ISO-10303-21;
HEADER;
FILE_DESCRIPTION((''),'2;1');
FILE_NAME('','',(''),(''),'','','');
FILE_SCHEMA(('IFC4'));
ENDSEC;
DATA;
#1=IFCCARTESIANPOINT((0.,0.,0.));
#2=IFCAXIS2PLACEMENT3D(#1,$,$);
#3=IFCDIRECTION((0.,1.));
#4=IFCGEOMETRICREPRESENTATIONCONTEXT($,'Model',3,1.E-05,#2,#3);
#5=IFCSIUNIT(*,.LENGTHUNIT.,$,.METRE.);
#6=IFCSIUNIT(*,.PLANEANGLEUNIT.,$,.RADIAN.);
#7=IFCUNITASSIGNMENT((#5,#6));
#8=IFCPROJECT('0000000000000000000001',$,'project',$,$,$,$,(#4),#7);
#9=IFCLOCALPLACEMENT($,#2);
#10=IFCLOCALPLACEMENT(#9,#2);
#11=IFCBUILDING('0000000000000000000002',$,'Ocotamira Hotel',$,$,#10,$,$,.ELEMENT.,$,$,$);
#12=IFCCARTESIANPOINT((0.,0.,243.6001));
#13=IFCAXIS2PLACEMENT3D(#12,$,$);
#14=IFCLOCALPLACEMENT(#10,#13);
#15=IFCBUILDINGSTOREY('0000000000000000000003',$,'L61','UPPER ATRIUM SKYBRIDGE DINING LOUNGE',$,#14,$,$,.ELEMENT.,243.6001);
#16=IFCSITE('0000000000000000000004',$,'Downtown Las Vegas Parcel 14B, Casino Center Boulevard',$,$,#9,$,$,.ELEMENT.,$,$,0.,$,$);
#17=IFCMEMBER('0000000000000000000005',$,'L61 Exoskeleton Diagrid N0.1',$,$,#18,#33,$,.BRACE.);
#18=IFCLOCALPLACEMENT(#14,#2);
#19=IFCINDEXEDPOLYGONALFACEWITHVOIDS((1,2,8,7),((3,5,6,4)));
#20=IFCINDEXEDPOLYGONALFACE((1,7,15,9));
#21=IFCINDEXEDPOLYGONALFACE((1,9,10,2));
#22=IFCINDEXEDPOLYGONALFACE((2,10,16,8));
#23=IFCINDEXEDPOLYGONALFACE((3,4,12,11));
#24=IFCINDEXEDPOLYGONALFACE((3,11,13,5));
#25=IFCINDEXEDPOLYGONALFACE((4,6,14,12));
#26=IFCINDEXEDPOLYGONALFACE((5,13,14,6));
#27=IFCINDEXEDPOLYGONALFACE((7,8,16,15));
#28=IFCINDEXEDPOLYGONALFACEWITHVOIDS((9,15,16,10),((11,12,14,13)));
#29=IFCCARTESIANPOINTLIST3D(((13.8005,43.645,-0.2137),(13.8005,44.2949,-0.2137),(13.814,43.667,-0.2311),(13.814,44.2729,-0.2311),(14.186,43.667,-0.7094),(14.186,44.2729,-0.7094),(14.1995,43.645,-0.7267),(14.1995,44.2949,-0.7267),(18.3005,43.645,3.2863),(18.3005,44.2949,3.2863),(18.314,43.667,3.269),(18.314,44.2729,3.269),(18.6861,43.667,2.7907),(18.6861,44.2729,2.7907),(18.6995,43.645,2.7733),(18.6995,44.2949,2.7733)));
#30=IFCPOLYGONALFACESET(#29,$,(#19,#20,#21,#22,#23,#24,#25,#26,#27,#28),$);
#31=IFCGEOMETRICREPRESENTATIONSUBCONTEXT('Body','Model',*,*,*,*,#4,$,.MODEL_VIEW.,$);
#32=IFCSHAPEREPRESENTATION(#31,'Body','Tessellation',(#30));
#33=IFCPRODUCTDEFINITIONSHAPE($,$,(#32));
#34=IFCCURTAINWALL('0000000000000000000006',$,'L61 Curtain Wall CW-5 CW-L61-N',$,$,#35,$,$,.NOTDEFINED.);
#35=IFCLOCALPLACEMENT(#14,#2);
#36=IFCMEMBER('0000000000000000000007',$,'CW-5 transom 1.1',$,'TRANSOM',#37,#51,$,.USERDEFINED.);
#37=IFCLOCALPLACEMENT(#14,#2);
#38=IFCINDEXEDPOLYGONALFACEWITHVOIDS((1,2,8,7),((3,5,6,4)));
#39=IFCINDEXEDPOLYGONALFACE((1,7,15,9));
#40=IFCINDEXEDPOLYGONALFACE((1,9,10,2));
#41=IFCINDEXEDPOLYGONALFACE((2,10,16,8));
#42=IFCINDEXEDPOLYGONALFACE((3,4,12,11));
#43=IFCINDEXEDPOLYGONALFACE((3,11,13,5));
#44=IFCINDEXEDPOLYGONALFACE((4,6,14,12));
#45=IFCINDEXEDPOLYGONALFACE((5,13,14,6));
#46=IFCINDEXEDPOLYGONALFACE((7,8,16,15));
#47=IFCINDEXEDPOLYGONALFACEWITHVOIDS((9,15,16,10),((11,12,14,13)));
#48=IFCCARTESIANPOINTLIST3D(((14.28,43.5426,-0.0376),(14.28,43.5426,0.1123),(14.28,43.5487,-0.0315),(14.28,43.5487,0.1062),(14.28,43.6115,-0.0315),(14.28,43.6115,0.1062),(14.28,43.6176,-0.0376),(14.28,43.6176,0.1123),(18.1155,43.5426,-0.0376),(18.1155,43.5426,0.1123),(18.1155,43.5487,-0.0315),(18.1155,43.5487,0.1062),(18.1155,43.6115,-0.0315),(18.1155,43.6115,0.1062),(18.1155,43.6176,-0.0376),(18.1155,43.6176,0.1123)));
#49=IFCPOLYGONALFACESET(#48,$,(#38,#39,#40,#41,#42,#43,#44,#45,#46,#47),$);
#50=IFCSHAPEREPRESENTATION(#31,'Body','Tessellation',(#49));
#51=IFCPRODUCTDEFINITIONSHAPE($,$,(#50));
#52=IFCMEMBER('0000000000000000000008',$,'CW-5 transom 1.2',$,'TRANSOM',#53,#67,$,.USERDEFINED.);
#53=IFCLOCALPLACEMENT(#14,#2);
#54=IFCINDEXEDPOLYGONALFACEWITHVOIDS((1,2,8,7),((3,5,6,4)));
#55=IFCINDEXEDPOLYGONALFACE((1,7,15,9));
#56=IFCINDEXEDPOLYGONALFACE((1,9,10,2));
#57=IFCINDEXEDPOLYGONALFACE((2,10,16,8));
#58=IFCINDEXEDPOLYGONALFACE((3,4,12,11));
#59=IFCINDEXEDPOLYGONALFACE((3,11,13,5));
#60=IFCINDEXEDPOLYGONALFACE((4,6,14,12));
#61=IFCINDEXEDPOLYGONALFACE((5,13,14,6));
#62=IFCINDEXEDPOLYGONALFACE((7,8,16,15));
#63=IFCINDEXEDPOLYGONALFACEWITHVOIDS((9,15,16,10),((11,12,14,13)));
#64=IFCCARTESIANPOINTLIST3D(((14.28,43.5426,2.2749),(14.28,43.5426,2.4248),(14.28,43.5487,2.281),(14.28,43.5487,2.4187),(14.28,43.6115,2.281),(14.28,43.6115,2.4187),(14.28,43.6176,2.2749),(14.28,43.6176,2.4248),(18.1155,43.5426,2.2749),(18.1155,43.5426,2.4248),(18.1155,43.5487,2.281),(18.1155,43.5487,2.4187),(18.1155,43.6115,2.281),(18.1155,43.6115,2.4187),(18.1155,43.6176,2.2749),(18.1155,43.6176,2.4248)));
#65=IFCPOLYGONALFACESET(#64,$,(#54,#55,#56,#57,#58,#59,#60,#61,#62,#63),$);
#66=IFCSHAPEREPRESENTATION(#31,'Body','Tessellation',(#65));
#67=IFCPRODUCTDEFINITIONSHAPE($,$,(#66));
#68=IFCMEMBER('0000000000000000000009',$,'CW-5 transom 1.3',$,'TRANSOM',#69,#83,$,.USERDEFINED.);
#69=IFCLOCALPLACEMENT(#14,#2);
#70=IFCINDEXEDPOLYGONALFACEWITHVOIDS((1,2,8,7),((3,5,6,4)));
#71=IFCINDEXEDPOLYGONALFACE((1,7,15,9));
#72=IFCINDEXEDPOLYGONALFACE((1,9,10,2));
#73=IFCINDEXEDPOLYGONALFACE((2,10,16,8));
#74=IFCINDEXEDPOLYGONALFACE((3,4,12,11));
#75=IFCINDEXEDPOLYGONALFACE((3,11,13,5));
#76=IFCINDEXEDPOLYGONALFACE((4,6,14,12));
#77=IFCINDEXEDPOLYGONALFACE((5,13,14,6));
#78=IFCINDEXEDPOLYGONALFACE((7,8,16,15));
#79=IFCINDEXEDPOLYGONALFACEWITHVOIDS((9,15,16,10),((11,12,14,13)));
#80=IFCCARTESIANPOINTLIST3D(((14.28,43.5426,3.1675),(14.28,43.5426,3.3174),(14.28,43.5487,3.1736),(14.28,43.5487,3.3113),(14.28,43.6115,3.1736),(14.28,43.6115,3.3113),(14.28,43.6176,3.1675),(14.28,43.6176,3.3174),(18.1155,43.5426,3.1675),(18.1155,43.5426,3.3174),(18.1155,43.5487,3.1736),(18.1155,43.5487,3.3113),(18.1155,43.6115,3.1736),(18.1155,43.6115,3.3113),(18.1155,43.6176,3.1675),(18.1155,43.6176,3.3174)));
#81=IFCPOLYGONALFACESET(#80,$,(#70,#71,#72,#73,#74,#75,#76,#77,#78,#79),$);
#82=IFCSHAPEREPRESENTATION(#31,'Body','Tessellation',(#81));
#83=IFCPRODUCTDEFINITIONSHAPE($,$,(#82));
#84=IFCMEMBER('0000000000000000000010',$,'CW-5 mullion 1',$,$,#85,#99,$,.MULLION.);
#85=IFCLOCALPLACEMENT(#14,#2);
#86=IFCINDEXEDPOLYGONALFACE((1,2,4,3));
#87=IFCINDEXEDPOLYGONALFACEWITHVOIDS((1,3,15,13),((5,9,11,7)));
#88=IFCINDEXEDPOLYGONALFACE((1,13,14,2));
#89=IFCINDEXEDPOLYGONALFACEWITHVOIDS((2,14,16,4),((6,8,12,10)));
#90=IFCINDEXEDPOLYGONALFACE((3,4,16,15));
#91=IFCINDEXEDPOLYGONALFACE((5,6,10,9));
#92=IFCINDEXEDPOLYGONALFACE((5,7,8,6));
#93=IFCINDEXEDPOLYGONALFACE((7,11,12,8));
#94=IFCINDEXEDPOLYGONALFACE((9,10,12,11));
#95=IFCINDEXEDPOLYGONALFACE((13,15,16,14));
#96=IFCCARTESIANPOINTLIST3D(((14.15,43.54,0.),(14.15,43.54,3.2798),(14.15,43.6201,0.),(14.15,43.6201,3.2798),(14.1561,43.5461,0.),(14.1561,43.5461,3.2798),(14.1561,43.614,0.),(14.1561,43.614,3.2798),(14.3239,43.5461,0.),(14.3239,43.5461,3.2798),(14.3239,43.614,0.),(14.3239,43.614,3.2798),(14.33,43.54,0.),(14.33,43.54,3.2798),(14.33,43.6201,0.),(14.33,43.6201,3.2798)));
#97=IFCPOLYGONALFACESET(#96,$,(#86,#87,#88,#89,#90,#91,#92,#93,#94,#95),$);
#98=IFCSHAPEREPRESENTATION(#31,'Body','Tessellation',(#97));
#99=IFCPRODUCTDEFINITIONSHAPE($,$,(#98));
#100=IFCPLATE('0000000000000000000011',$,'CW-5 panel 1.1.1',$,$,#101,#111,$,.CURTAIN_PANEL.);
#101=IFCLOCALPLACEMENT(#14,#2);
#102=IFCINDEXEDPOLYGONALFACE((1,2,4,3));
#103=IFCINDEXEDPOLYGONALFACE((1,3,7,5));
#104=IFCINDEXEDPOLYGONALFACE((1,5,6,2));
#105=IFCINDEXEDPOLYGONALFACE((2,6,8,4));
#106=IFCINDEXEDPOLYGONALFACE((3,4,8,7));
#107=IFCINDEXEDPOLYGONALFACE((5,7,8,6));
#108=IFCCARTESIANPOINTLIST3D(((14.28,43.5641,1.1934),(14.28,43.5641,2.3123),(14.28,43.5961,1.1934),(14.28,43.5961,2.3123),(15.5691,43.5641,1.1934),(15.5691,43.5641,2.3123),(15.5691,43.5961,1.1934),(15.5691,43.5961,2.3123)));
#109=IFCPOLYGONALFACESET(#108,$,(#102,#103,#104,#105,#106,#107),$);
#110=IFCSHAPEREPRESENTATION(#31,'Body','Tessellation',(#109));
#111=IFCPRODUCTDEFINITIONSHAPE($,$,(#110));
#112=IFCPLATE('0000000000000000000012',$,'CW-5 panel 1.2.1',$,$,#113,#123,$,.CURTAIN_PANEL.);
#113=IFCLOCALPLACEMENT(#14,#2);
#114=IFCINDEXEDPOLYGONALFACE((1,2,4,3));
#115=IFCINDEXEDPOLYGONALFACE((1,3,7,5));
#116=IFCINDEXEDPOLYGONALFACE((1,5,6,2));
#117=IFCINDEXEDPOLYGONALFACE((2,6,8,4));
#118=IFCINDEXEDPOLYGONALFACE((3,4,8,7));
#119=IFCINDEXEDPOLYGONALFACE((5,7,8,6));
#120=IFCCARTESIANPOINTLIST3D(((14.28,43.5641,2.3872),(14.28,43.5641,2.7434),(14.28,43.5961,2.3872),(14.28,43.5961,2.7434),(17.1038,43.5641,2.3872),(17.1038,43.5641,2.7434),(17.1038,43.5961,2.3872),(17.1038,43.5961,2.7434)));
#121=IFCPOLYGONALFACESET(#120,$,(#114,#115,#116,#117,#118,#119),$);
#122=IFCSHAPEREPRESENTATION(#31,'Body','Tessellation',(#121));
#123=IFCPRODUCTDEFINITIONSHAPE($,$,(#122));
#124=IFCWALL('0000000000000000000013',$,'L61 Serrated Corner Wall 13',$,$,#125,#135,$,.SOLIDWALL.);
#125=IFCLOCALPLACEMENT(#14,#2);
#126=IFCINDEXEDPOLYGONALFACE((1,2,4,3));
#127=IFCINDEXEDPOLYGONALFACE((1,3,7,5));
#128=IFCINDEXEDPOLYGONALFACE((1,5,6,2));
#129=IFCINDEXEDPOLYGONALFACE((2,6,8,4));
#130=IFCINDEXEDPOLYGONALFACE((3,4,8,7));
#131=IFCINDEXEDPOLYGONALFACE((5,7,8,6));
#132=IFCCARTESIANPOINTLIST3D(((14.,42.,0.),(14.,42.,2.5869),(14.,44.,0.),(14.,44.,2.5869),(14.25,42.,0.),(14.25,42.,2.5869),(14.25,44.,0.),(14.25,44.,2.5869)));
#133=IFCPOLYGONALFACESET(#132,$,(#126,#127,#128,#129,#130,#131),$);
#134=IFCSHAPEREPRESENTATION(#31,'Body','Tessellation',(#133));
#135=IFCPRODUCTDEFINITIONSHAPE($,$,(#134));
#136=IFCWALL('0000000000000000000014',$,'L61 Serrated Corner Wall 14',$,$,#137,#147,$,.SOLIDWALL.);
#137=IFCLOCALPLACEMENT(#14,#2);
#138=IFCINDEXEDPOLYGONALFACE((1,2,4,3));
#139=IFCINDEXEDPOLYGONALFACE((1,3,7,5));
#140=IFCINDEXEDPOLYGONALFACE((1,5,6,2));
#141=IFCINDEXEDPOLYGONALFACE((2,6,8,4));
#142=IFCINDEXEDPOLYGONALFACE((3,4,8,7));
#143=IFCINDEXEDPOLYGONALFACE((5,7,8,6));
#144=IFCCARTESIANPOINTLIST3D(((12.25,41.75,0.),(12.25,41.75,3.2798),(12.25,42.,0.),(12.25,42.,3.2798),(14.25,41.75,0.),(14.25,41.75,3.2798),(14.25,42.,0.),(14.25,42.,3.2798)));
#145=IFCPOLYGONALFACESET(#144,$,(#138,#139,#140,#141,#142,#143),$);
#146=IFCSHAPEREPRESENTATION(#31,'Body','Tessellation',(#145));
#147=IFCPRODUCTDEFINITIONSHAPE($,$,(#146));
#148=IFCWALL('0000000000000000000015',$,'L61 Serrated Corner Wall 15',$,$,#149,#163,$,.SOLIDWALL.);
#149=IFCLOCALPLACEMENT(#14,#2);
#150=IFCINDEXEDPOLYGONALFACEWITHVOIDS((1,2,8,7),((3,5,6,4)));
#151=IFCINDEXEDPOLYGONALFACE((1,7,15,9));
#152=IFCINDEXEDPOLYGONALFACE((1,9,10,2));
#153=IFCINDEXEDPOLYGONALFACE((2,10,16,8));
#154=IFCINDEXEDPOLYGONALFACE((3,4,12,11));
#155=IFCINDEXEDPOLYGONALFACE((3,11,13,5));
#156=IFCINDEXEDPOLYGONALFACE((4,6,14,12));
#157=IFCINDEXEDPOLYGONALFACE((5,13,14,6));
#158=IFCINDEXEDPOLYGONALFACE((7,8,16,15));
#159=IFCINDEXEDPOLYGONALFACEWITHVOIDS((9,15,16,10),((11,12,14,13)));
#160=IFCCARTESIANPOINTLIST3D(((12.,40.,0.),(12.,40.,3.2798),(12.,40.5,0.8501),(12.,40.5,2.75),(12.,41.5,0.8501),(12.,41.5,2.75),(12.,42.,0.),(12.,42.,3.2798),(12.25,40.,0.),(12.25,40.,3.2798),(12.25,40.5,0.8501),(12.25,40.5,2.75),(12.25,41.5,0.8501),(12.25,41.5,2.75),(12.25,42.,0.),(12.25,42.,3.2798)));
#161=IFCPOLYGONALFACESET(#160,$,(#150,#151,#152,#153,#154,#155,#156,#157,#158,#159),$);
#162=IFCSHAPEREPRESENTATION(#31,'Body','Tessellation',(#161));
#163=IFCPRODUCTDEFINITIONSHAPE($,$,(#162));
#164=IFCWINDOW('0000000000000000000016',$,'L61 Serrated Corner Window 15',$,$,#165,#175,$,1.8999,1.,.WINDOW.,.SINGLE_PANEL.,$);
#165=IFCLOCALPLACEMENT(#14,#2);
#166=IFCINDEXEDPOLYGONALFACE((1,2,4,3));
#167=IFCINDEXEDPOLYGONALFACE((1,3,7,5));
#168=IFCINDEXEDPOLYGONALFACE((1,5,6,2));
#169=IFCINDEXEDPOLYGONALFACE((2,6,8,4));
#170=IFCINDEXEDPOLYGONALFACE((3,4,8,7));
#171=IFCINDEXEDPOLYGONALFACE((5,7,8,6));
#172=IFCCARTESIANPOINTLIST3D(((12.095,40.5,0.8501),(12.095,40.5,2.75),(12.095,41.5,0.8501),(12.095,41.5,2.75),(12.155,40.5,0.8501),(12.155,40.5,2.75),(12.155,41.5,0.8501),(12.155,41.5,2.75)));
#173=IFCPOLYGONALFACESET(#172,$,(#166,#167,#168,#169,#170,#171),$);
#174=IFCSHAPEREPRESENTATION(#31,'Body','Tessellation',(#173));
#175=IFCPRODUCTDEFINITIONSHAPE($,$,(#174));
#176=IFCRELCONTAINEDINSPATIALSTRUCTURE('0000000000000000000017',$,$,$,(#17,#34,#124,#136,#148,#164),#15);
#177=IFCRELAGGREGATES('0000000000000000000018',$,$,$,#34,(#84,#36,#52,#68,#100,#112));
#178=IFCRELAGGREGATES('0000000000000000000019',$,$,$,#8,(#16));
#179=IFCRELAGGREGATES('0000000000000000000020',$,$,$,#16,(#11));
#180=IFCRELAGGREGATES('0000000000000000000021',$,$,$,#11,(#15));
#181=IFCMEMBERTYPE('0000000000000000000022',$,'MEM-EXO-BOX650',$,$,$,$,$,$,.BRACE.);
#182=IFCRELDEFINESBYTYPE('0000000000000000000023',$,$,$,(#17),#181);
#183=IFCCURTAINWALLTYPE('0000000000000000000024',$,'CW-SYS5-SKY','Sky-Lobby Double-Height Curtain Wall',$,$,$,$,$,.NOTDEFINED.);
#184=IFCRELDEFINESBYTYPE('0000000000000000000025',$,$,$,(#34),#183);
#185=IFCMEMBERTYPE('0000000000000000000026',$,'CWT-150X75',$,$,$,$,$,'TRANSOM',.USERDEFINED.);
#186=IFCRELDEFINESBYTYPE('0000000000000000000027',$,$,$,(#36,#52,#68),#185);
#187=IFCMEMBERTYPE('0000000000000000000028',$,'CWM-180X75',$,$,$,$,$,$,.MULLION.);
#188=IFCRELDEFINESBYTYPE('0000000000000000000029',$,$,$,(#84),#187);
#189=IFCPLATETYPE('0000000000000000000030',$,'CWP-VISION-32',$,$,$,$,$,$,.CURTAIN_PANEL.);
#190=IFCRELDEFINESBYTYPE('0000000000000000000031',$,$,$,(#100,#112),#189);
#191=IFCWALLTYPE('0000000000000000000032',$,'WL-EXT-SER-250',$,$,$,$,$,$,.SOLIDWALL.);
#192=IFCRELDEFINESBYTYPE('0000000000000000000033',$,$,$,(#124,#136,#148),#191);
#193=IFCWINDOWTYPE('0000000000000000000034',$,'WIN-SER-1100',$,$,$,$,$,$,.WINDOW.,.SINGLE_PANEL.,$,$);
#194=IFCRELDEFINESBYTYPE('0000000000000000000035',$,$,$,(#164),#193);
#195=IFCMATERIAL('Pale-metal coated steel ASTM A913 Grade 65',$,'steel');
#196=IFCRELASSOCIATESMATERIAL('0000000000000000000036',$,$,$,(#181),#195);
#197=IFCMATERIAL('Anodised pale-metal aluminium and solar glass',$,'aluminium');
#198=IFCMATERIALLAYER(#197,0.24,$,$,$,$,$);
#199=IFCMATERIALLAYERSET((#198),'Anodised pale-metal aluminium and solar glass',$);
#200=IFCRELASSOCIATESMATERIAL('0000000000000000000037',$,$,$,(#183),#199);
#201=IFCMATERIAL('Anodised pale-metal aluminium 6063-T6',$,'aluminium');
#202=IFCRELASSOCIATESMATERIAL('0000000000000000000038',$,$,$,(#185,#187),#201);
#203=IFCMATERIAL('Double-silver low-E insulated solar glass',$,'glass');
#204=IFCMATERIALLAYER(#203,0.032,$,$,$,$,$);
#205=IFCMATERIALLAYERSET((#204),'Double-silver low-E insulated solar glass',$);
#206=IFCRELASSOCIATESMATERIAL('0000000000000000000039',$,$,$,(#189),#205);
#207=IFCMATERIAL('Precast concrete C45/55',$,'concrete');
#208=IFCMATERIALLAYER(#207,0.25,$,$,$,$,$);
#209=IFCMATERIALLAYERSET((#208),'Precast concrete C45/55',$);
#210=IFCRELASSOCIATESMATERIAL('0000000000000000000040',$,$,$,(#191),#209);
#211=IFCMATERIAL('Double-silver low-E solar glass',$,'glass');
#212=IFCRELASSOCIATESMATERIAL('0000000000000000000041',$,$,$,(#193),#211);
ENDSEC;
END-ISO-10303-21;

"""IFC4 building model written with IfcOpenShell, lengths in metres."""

from ifc_helpers import new_model, si_unit, direction, frame, frame_2d, origin, origin_2d, place, context, subcontext, project, spatial, rectangle, hollow_rectangle, extrude, source, transform, mapped, material, layer, layer_set, material_profile, profile_set, type_object, element, fill, aggregate, save


model = new_model("IFC4")

# Units and contexts
model_context = context("Model", 3, precision=1e-05, world=origin(), true_north=direction((0.0, 1.0)))
body_context = subcontext(model_context, "Body", "Model", "MODEL_VIEW")
ifc_project = project(units=[si_unit("LENGTHUNIT", "METRE"), si_unit("PLANEANGLEUNIT", "RADIAN")], contexts=[model_context])

# Site, building, storey
site_placement = place(None, origin())
site = spatial("IfcSite", under=ifc_project, at=site_placement, Name="Downtown Las Vegas Parcel 14B, Casino Center Boulevard", CompositionType="ELEMENT", RefElevation=0.0)
building_placement = place(site_placement, origin())
building = spatial("IfcBuilding", under=site, at=building_placement, Name="Ocotamira Hotel", CompositionType="ELEMENT")
storey_placement = place(building_placement, frame((0.0, 0.0, 243.6001)))
storey = spatial("IfcBuildingStorey", under=building, at=storey_placement, Name="L61", Description="UPPER ATRIUM SKYBRIDGE DINING LOUNGE", CompositionType="ELEMENT", Elevation=243.6001)

# Member
ifc_material_1 = material(Name="Pale-metal coated steel ASTM A913 Grade 65", Category="steel")
ifc_material_profile_1 = material_profile(ifc_material_1, hollow_rectangle(XDim=0.6499, YDim=0.6499, WallThickness=0.022, at=origin_2d()), Name="BOX650X650X22")
ifc_profile_set_1 = profile_set([ifc_material_profile_1], Name="Pale-metal coated steel ASTM A913 Grade 65")
member_type_1 = type_object("IfcMemberType", Name="MEM-EXO-BOX650", PredefinedType="BRACE", material=ifc_profile_set_1)
shared_shape_1 = source(origin(), body_context, "Body", "SweptSolid", [
    extrude(hollow_rectangle(XDim=0.6499, YDim=0.6499, WallThickness=0.022, at=origin_2d()), origin(), (0.0, 0.0, 1.0), 5.7009),
])
member_1_placement = place(storey_placement, frame((14.0, 43.97, -0.4702), z_axis=(0.789352, 0.0, 0.613941), x_axis=(0.0, 1.0, 0.0)))
element("IfcMember", 1, at=member_1_placement, inside=storey, type_object=member_type_1, Name="L61 Exoskeleton Diagrid N0.1", PredefinedType="BRACE", context=body_context, shape_type="MappedRepresentation", body=[
    mapped(shared_shape_1, transform((0.0, 0.0, 0.0), scale=1.0)),
])

# Curtain wall, members, plates
ifc_material_2 = material(Name="Anodised pale-metal aluminium and solar glass", Category="aluminium")
ifc_layer_1 = layer(ifc_material_2, 0.24)
ifc_layer_set_1 = layer_set([ifc_layer_1], Name="Anodised pale-metal aluminium and solar glass")
curtain_wall_type = type_object("IfcCurtainWallType", Name="CW-SYS5-SKY", Description="Sky-Lobby Double-Height Curtain Wall", PredefinedType="NOTDEFINED", material=ifc_layer_set_1)
curtain_wall_placement = place(storey_placement, origin())
curtain_wall = element("IfcCurtainWall", 2, at=curtain_wall_placement, inside=storey, type_object=curtain_wall_type, Name="L61 Curtain Wall CW-5 CW-L61-N", PredefinedType="NOTDEFINED")
ifc_material_3 = material(Name="Anodised pale-metal aluminium 6063-T6", Category="aluminium")
ifc_material_profile_2 = material_profile(ifc_material_3, hollow_rectangle(XDim=0.075, YDim=0.1499, WallThickness=0.0061, at=origin_2d()), Name="HSS150X75X6")
ifc_profile_set_2 = profile_set([ifc_material_profile_2], Name="Anodised pale-metal aluminium 6063-T6")
member_type_2 = type_object("IfcMemberType", Name="CWT-150X75", ElementType="TRANSOM", PredefinedType="USERDEFINED", material=ifc_profile_set_2)
shared_shape_2 = source(origin(), body_context, "Body", "SweptSolid", [
    extrude(hollow_rectangle(XDim=0.075, YDim=0.1499, WallThickness=0.0061, at=origin_2d()), origin(), (0.0, 0.0, 1.0), 3.8354),
])
member_2_placement = place(storey_placement, frame((14.28, 43.5801, 0.0374), z_axis=(1.0, 0.0, 0.0), x_axis=(0.0, 1.0, 0.0)))
member_2 = element("IfcMember", 3, at=member_2_placement, type_object=member_type_2, Name="CW-5 transom 1.1", ObjectType="TRANSOM", PredefinedType="USERDEFINED", context=body_context, shape_type="MappedRepresentation", body=[
    mapped(shared_shape_2, transform((0.0, 0.0, 0.0), scale=1.0)),
])
member_3_placement = place(storey_placement, frame((14.28, 43.5801, 2.3499), z_axis=(1.0, 0.0, 0.0), x_axis=(0.0, 1.0, 0.0)))
member_3 = element("IfcMember", 4, at=member_3_placement, type_object=member_type_2, Name="CW-5 transom 1.2", ObjectType="TRANSOM", PredefinedType="USERDEFINED", context=body_context, shape_type="MappedRepresentation", body=[
    mapped(shared_shape_2, transform((0.0, 0.0, 0.0), scale=1.0)),
])
member_4_placement = place(storey_placement, frame((14.28, 43.5801, 3.2424), z_axis=(1.0, 0.0, 0.0), x_axis=(0.0, 1.0, 0.0)))
member_4 = element("IfcMember", 5, at=member_4_placement, type_object=member_type_2, Name="CW-5 transom 1.3", ObjectType="TRANSOM", PredefinedType="USERDEFINED", context=body_context, shape_type="MappedRepresentation", body=[
    mapped(shared_shape_2, transform((0.0, 0.0, 0.0), scale=1.0)),
])
ifc_material_profile_3 = material_profile(ifc_material_3, hollow_rectangle(XDim=0.0801, YDim=0.1799, WallThickness=0.0061, at=origin_2d()), Name="HSS180X80X6")
ifc_profile_set_3 = profile_set([ifc_material_profile_3], Name="Anodised pale-metal aluminium 6063-T6")
member_type_3 = type_object("IfcMemberType", Name="CWM-180X75", PredefinedType="MULLION", material=ifc_profile_set_3)
shared_shape_3 = source(origin(), body_context, "Body", "SweptSolid", [
    extrude(hollow_rectangle(XDim=0.0801, YDim=0.1799, WallThickness=0.0061, at=origin_2d()), origin(), (0.0, 0.0, 1.0), 3.2798),
])
member_5_placement = place(storey_placement, frame((14.24, 43.5801, 0.0), z_axis=(0.0, 0.0, 1.0), x_axis=(0.0, 1.0, 0.0)))
member_5 = element("IfcMember", 6, at=member_5_placement, type_object=member_type_3, Name="CW-5 mullion 1", PredefinedType="MULLION", context=body_context, shape_type="MappedRepresentation", body=[
    mapped(shared_shape_3, transform((0.0, 0.0, 0.0), scale=1.0)),
])
ifc_material_4 = material(Name="Double-silver low-E insulated solar glass", Category="glass")
ifc_layer_2 = layer(ifc_material_4, 0.032)
ifc_layer_set_2 = layer_set([ifc_layer_2], Name="Double-silver low-E insulated solar glass")
plate_type = type_object("IfcPlateType", Name="CWP-VISION-32", PredefinedType="CURTAIN_PANEL", material=ifc_layer_set_2)
shared_shape_4 = source(origin(), body_context, "Body", "SweptSolid", [
    extrude(rectangle(XDim=1.2891, YDim=0.032, at=origin_2d()), origin(), (0.0, 0.0, 1.0), 1.1189),
])
plate_1_placement = place(storey_placement, frame((14.9246, 43.5801, 1.1934), z_axis=(0.0, 0.0, 1.0), x_axis=(1.0, 0.0, 0.0)))
plate_1 = element("IfcPlate", 7, at=plate_1_placement, type_object=plate_type, Name="CW-5 panel 1.1.1", PredefinedType="CURTAIN_PANEL", context=body_context, shape_type="MappedRepresentation", body=[
    mapped(shared_shape_4, transform((0.0, 0.0, 0.0), scale=1.0)),
])
shared_shape_5 = source(origin(), body_context, "Body", "SweptSolid", [
    extrude(rectangle(XDim=2.8237, YDim=0.032, at=origin_2d()), origin(), (0.0, 0.0, 1.0), 0.3562),
])
plate_2_placement = place(storey_placement, frame((15.6919, 43.5801, 2.3872), z_axis=(0.0, 0.0, 1.0), x_axis=(1.0, 0.0, 0.0)))
plate_2 = element("IfcPlate", 8, at=plate_2_placement, type_object=plate_type, Name="CW-5 panel 1.2.1", PredefinedType="CURTAIN_PANEL", context=body_context, shape_type="MappedRepresentation", body=[
    mapped(shared_shape_5, transform((0.0, 0.0, 0.0), scale=1.0)),
])
aggregate(curtain_wall, [member_5, member_2, member_3, member_4, plate_1, plate_2])

# Walls
ifc_material_5 = material(Name="Precast concrete C45/55", Category="concrete")
ifc_layer_3 = layer(ifc_material_5, 0.25)
ifc_layer_set_3 = layer_set([ifc_layer_3], Name="Precast concrete C45/55")
wall_type_1 = type_object("IfcWallType", Name="WL-EXT-SER-250", PredefinedType="SOLIDWALL", material=ifc_layer_set_3)
wall_1_placement = place(storey_placement, frame((14.125, 44.0, 0.0), z_axis=(0.0, 0.0, 1.0), x_axis=(0.0, -1.0, 0.0)))
element("IfcWall", 9, at=wall_1_placement, inside=storey, type_object=wall_type_1, Name="L61 Serrated Corner Wall 13", PredefinedType="SOLIDWALL", context=body_context, shape_type="SweptSolid", body=[
    extrude(rectangle(XDim=2.0, YDim=0.25, at=frame_2d((1.0, 0.0))), origin(), (0.0, 0.0, 1.0), 2.5869),
])
wall_2_placement = place(storey_placement, frame((14.25, 41.875, 0.0), z_axis=(0.0, 0.0, 1.0), x_axis=(-1.0, 0.0, 0.0)))
element("IfcWall", 10, at=wall_2_placement, inside=storey, type_object=wall_type_1, Name="L61 Serrated Corner Wall 14", PredefinedType="SOLIDWALL", context=body_context, shape_type="SweptSolid", body=[
    extrude(rectangle(XDim=2.0, YDim=0.25, at=frame_2d((1.0, 0.0))), origin(), (0.0, 0.0, 1.0), 3.2798),
])

# Wall, opening, window
wall_3_placement = place(storey_placement, frame((12.125, 42.0, 0.0), z_axis=(0.0, 0.0, 1.0), x_axis=(0.0, -1.0, 0.0)))
wall_3 = element("IfcWall", 11, at=wall_3_placement, inside=storey, type_object=wall_type_1, Name="L61 Serrated Corner Wall 15", PredefinedType="SOLIDWALL", context=body_context, shape_type="SweptSolid", body=[
    extrude(rectangle(XDim=2.0, YDim=0.25, at=frame_2d((1.0, 0.0))), origin(), (0.0, 0.0, 1.0), 3.2798),
])
opening_placement = place(wall_3_placement, frame((0.5, 0.0, 0.8501)))
opening = element("IfcOpeningElement", 12, at=opening_placement, cuts=wall_3, PredefinedType="OPENING", context=body_context, shape_type="SweptSolid", body=[
    extrude(rectangle(XDim=1.0, YDim=1.8999, at=frame_2d((0.5, 0.95))), frame((0.0, 0.135, 0.0), z_axis=(0.0, -1.0, 0.0), x_axis=(1.0, 0.0, 0.0)), (0.0, 0.0, 1.0), 0.27),
])
ifc_material_6 = material(Name="Double-silver low-E solar glass", Category="glass")
window_type = type_object("IfcWindowType", Name="WIN-SER-1100", PartitioningType="SINGLE_PANEL", PredefinedType="WINDOW", material=ifc_material_6)
shared_shape_6 = source(origin(), body_context, "Body", "SweptSolid", [
    extrude(rectangle(XDim=1.0, YDim=1.8999, at=frame_2d((0.5, 0.95))), frame((0.0, 0.03, 0.0), z_axis=(0.0, -1.0, 0.0), x_axis=(1.0, 0.0, 0.0)), (0.0, 0.0, 1.0), 0.0601),
])
window_placement = place(opening_placement, origin())
window = element("IfcWindow", 13, at=window_placement, inside=storey, type_object=window_type, Name="L61 Serrated Corner Window 15", OverallHeight=1.8999, OverallWidth=1.0, PartitioningType="SINGLE_PANEL", PredefinedType="WINDOW", context=body_context, shape_type="MappedRepresentation", body=[
    mapped(shared_shape_6, transform((0.0, 0.0, 0.0), scale=1.0)),
])
fill(opening, window)

save(model, "model.ifc")
